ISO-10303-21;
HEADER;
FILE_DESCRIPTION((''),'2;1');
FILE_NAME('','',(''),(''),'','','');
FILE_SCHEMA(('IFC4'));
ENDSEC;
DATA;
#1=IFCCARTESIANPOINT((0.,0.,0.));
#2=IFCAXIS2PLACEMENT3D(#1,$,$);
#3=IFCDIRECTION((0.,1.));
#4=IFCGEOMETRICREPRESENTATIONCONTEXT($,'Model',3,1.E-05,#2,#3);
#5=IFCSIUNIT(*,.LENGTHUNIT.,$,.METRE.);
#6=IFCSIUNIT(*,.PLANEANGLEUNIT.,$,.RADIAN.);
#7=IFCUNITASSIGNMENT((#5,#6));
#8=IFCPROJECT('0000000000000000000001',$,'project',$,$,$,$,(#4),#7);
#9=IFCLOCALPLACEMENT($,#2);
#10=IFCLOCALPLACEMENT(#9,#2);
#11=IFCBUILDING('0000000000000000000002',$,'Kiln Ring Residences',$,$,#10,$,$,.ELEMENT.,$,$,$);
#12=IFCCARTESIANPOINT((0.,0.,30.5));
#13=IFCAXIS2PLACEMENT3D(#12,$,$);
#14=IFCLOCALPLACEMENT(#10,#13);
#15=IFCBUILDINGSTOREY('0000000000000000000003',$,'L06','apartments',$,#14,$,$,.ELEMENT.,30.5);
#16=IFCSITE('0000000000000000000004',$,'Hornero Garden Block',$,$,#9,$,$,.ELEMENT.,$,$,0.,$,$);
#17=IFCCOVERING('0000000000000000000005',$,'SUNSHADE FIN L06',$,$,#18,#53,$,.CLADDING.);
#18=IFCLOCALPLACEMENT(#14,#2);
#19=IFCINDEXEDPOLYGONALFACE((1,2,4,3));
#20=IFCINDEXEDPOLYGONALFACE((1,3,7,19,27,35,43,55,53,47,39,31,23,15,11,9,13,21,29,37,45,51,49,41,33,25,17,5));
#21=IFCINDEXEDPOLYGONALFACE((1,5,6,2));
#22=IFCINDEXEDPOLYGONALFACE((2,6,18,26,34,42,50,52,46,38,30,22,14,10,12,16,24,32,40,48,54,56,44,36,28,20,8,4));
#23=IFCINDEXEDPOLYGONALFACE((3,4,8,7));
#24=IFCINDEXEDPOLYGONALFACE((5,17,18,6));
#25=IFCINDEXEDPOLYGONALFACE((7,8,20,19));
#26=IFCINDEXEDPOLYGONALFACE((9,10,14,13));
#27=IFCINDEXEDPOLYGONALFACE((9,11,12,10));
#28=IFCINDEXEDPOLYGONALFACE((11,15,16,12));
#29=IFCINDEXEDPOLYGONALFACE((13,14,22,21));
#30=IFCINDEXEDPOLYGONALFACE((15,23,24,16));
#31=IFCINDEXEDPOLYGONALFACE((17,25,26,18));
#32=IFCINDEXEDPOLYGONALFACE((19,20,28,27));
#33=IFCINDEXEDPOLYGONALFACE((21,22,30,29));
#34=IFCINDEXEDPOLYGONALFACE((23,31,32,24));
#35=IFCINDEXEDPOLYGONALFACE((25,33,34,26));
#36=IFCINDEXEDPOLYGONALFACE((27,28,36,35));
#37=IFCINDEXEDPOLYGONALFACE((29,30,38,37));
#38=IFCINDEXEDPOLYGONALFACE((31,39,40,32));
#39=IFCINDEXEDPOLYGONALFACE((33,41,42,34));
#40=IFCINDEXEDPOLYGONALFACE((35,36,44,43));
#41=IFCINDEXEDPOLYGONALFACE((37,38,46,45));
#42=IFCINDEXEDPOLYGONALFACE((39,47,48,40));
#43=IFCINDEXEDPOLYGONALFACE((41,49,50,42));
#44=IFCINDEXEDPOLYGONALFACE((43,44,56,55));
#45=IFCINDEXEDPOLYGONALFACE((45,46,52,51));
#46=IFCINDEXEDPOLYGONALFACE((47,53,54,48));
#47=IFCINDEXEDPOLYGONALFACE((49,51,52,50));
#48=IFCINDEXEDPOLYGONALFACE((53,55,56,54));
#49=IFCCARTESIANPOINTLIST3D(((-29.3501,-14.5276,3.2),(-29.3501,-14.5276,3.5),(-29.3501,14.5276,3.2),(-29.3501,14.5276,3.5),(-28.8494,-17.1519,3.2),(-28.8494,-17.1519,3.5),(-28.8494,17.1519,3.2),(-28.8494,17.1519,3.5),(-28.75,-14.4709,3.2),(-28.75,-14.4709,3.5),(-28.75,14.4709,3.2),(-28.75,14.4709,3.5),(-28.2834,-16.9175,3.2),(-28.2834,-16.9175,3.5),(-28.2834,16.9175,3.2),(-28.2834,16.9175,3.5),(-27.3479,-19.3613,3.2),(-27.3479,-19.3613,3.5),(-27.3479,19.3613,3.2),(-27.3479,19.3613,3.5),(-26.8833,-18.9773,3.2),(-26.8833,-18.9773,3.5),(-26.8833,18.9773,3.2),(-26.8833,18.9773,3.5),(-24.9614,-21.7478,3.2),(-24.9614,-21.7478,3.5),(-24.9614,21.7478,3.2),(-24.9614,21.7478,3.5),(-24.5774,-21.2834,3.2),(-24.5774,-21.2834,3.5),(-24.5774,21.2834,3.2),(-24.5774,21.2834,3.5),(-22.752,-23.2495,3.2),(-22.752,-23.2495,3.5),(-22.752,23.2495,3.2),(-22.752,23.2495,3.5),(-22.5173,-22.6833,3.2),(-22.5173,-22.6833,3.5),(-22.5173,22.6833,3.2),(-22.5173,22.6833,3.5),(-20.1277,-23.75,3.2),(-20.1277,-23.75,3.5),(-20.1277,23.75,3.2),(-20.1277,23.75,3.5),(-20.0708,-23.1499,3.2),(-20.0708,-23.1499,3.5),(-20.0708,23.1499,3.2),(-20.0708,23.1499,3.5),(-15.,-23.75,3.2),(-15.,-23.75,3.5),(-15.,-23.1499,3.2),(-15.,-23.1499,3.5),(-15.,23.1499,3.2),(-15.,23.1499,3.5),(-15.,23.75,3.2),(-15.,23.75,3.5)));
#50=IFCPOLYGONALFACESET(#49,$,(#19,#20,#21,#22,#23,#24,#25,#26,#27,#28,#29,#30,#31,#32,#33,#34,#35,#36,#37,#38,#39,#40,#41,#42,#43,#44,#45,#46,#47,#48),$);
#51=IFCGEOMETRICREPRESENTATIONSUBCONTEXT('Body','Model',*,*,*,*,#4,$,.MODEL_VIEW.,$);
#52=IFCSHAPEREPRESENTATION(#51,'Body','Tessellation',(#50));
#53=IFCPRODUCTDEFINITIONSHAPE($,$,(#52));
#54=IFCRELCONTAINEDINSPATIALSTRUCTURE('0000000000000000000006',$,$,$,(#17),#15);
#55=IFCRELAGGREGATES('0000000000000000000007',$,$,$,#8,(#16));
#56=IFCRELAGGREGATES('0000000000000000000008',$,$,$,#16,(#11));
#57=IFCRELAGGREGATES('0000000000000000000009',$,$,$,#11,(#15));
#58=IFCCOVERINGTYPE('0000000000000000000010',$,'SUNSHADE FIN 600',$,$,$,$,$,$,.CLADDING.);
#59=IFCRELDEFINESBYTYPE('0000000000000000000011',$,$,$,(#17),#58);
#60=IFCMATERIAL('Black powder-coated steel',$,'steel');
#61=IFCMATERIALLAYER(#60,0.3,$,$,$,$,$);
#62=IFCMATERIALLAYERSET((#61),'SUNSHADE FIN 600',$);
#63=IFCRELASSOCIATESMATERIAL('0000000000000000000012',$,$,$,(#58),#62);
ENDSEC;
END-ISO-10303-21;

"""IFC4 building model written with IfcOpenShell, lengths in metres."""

from ifc_helpers import new_model, si_unit, direction, frame, origin, place, context, subcontext, project, spatial, polyline, outline, extrude, material, layer, layer_set, type_object, element, save


model = new_model("IFC4")

# Units and contexts
model_context = context("Model", 3, precision=1e-05, world=origin(), true_north=direction((0.0, 1.0)))
body_context = subcontext(model_context, "Body", "Model", "MODEL_VIEW")
ifc_project = project(units=[si_unit("LENGTHUNIT", "METRE"), si_unit("PLANEANGLEUNIT", "RADIAN")], contexts=[model_context])

# Site, building, storey
site_placement = place(None, origin())
site = spatial("IfcSite", under=ifc_project, at=site_placement, Name="Hornero Garden Block", CompositionType="ELEMENT", RefElevation=0.0)
building_placement = place(site_placement, origin())
building = spatial("IfcBuilding", under=site, at=building_placement, Name="Kiln Ring Residences", CompositionType="ELEMENT")
storey_placement = place(building_placement, frame((0.0, 0.0, 30.5)))
storey = spatial("IfcBuildingStorey", under=building, at=storey_placement, Name="L06", Description="apartments", CompositionType="ELEMENT", Elevation=30.5)

# Covering
ifc_material_1 = material(Name="Black powder-coated steel", Category="steel")
ifc_layer_1 = layer(ifc_material_1, 0.3)
ifc_layer_set_1 = layer_set([ifc_layer_1], Name="SUNSHADE FIN 600")
covering_type = type_object("IfcCoveringType", Name="SUNSHADE FIN 600", PredefinedType="CLADDING", material=ifc_layer_set_1)
covering_placement = place(storey_placement, frame((0.0, 0.0, 3.2)))
element("IfcCovering", 1, at=covering_placement, inside=storey, type_object=covering_type, Name="SUNSHADE FIN L06", PredefinedType="CLADDING", context=body_context, shape_type="SweptSolid", body=[
    extrude(outline(polyline([(-29.3501, -14.5276), (-28.8494, -17.1519), (-27.3479, -19.3613), (-24.9614, -21.7478), (-22.752, -23.2495), (-20.1277, -23.75), (-15.0, -23.75), (-15.0, -23.1499), (-20.0708, -23.1499), (-22.5173, -22.6833), (-24.5774, -21.2834), (-26.8833, -18.9773), (-28.2834, -16.9175), (-28.75, -14.4709), (-28.75, 14.4709), (-28.2834, 16.9175), (-26.8833, 18.9773), (-24.5774, 21.2834), (-22.5173, 22.6833), (-20.0708, 23.1499), (-15.0, 23.1499), (-15.0, 23.75), (-20.1277, 23.75), (-22.752, 23.2495), (-24.9614, 21.7478), (-27.3479, 19.3613), (-28.8494, 17.1519), (-29.3501, 14.5276), (-29.3501, -14.5276)])), origin(), (0.0, 0.0, 1.0), 0.3),
])

save(model, "model.ifc")
